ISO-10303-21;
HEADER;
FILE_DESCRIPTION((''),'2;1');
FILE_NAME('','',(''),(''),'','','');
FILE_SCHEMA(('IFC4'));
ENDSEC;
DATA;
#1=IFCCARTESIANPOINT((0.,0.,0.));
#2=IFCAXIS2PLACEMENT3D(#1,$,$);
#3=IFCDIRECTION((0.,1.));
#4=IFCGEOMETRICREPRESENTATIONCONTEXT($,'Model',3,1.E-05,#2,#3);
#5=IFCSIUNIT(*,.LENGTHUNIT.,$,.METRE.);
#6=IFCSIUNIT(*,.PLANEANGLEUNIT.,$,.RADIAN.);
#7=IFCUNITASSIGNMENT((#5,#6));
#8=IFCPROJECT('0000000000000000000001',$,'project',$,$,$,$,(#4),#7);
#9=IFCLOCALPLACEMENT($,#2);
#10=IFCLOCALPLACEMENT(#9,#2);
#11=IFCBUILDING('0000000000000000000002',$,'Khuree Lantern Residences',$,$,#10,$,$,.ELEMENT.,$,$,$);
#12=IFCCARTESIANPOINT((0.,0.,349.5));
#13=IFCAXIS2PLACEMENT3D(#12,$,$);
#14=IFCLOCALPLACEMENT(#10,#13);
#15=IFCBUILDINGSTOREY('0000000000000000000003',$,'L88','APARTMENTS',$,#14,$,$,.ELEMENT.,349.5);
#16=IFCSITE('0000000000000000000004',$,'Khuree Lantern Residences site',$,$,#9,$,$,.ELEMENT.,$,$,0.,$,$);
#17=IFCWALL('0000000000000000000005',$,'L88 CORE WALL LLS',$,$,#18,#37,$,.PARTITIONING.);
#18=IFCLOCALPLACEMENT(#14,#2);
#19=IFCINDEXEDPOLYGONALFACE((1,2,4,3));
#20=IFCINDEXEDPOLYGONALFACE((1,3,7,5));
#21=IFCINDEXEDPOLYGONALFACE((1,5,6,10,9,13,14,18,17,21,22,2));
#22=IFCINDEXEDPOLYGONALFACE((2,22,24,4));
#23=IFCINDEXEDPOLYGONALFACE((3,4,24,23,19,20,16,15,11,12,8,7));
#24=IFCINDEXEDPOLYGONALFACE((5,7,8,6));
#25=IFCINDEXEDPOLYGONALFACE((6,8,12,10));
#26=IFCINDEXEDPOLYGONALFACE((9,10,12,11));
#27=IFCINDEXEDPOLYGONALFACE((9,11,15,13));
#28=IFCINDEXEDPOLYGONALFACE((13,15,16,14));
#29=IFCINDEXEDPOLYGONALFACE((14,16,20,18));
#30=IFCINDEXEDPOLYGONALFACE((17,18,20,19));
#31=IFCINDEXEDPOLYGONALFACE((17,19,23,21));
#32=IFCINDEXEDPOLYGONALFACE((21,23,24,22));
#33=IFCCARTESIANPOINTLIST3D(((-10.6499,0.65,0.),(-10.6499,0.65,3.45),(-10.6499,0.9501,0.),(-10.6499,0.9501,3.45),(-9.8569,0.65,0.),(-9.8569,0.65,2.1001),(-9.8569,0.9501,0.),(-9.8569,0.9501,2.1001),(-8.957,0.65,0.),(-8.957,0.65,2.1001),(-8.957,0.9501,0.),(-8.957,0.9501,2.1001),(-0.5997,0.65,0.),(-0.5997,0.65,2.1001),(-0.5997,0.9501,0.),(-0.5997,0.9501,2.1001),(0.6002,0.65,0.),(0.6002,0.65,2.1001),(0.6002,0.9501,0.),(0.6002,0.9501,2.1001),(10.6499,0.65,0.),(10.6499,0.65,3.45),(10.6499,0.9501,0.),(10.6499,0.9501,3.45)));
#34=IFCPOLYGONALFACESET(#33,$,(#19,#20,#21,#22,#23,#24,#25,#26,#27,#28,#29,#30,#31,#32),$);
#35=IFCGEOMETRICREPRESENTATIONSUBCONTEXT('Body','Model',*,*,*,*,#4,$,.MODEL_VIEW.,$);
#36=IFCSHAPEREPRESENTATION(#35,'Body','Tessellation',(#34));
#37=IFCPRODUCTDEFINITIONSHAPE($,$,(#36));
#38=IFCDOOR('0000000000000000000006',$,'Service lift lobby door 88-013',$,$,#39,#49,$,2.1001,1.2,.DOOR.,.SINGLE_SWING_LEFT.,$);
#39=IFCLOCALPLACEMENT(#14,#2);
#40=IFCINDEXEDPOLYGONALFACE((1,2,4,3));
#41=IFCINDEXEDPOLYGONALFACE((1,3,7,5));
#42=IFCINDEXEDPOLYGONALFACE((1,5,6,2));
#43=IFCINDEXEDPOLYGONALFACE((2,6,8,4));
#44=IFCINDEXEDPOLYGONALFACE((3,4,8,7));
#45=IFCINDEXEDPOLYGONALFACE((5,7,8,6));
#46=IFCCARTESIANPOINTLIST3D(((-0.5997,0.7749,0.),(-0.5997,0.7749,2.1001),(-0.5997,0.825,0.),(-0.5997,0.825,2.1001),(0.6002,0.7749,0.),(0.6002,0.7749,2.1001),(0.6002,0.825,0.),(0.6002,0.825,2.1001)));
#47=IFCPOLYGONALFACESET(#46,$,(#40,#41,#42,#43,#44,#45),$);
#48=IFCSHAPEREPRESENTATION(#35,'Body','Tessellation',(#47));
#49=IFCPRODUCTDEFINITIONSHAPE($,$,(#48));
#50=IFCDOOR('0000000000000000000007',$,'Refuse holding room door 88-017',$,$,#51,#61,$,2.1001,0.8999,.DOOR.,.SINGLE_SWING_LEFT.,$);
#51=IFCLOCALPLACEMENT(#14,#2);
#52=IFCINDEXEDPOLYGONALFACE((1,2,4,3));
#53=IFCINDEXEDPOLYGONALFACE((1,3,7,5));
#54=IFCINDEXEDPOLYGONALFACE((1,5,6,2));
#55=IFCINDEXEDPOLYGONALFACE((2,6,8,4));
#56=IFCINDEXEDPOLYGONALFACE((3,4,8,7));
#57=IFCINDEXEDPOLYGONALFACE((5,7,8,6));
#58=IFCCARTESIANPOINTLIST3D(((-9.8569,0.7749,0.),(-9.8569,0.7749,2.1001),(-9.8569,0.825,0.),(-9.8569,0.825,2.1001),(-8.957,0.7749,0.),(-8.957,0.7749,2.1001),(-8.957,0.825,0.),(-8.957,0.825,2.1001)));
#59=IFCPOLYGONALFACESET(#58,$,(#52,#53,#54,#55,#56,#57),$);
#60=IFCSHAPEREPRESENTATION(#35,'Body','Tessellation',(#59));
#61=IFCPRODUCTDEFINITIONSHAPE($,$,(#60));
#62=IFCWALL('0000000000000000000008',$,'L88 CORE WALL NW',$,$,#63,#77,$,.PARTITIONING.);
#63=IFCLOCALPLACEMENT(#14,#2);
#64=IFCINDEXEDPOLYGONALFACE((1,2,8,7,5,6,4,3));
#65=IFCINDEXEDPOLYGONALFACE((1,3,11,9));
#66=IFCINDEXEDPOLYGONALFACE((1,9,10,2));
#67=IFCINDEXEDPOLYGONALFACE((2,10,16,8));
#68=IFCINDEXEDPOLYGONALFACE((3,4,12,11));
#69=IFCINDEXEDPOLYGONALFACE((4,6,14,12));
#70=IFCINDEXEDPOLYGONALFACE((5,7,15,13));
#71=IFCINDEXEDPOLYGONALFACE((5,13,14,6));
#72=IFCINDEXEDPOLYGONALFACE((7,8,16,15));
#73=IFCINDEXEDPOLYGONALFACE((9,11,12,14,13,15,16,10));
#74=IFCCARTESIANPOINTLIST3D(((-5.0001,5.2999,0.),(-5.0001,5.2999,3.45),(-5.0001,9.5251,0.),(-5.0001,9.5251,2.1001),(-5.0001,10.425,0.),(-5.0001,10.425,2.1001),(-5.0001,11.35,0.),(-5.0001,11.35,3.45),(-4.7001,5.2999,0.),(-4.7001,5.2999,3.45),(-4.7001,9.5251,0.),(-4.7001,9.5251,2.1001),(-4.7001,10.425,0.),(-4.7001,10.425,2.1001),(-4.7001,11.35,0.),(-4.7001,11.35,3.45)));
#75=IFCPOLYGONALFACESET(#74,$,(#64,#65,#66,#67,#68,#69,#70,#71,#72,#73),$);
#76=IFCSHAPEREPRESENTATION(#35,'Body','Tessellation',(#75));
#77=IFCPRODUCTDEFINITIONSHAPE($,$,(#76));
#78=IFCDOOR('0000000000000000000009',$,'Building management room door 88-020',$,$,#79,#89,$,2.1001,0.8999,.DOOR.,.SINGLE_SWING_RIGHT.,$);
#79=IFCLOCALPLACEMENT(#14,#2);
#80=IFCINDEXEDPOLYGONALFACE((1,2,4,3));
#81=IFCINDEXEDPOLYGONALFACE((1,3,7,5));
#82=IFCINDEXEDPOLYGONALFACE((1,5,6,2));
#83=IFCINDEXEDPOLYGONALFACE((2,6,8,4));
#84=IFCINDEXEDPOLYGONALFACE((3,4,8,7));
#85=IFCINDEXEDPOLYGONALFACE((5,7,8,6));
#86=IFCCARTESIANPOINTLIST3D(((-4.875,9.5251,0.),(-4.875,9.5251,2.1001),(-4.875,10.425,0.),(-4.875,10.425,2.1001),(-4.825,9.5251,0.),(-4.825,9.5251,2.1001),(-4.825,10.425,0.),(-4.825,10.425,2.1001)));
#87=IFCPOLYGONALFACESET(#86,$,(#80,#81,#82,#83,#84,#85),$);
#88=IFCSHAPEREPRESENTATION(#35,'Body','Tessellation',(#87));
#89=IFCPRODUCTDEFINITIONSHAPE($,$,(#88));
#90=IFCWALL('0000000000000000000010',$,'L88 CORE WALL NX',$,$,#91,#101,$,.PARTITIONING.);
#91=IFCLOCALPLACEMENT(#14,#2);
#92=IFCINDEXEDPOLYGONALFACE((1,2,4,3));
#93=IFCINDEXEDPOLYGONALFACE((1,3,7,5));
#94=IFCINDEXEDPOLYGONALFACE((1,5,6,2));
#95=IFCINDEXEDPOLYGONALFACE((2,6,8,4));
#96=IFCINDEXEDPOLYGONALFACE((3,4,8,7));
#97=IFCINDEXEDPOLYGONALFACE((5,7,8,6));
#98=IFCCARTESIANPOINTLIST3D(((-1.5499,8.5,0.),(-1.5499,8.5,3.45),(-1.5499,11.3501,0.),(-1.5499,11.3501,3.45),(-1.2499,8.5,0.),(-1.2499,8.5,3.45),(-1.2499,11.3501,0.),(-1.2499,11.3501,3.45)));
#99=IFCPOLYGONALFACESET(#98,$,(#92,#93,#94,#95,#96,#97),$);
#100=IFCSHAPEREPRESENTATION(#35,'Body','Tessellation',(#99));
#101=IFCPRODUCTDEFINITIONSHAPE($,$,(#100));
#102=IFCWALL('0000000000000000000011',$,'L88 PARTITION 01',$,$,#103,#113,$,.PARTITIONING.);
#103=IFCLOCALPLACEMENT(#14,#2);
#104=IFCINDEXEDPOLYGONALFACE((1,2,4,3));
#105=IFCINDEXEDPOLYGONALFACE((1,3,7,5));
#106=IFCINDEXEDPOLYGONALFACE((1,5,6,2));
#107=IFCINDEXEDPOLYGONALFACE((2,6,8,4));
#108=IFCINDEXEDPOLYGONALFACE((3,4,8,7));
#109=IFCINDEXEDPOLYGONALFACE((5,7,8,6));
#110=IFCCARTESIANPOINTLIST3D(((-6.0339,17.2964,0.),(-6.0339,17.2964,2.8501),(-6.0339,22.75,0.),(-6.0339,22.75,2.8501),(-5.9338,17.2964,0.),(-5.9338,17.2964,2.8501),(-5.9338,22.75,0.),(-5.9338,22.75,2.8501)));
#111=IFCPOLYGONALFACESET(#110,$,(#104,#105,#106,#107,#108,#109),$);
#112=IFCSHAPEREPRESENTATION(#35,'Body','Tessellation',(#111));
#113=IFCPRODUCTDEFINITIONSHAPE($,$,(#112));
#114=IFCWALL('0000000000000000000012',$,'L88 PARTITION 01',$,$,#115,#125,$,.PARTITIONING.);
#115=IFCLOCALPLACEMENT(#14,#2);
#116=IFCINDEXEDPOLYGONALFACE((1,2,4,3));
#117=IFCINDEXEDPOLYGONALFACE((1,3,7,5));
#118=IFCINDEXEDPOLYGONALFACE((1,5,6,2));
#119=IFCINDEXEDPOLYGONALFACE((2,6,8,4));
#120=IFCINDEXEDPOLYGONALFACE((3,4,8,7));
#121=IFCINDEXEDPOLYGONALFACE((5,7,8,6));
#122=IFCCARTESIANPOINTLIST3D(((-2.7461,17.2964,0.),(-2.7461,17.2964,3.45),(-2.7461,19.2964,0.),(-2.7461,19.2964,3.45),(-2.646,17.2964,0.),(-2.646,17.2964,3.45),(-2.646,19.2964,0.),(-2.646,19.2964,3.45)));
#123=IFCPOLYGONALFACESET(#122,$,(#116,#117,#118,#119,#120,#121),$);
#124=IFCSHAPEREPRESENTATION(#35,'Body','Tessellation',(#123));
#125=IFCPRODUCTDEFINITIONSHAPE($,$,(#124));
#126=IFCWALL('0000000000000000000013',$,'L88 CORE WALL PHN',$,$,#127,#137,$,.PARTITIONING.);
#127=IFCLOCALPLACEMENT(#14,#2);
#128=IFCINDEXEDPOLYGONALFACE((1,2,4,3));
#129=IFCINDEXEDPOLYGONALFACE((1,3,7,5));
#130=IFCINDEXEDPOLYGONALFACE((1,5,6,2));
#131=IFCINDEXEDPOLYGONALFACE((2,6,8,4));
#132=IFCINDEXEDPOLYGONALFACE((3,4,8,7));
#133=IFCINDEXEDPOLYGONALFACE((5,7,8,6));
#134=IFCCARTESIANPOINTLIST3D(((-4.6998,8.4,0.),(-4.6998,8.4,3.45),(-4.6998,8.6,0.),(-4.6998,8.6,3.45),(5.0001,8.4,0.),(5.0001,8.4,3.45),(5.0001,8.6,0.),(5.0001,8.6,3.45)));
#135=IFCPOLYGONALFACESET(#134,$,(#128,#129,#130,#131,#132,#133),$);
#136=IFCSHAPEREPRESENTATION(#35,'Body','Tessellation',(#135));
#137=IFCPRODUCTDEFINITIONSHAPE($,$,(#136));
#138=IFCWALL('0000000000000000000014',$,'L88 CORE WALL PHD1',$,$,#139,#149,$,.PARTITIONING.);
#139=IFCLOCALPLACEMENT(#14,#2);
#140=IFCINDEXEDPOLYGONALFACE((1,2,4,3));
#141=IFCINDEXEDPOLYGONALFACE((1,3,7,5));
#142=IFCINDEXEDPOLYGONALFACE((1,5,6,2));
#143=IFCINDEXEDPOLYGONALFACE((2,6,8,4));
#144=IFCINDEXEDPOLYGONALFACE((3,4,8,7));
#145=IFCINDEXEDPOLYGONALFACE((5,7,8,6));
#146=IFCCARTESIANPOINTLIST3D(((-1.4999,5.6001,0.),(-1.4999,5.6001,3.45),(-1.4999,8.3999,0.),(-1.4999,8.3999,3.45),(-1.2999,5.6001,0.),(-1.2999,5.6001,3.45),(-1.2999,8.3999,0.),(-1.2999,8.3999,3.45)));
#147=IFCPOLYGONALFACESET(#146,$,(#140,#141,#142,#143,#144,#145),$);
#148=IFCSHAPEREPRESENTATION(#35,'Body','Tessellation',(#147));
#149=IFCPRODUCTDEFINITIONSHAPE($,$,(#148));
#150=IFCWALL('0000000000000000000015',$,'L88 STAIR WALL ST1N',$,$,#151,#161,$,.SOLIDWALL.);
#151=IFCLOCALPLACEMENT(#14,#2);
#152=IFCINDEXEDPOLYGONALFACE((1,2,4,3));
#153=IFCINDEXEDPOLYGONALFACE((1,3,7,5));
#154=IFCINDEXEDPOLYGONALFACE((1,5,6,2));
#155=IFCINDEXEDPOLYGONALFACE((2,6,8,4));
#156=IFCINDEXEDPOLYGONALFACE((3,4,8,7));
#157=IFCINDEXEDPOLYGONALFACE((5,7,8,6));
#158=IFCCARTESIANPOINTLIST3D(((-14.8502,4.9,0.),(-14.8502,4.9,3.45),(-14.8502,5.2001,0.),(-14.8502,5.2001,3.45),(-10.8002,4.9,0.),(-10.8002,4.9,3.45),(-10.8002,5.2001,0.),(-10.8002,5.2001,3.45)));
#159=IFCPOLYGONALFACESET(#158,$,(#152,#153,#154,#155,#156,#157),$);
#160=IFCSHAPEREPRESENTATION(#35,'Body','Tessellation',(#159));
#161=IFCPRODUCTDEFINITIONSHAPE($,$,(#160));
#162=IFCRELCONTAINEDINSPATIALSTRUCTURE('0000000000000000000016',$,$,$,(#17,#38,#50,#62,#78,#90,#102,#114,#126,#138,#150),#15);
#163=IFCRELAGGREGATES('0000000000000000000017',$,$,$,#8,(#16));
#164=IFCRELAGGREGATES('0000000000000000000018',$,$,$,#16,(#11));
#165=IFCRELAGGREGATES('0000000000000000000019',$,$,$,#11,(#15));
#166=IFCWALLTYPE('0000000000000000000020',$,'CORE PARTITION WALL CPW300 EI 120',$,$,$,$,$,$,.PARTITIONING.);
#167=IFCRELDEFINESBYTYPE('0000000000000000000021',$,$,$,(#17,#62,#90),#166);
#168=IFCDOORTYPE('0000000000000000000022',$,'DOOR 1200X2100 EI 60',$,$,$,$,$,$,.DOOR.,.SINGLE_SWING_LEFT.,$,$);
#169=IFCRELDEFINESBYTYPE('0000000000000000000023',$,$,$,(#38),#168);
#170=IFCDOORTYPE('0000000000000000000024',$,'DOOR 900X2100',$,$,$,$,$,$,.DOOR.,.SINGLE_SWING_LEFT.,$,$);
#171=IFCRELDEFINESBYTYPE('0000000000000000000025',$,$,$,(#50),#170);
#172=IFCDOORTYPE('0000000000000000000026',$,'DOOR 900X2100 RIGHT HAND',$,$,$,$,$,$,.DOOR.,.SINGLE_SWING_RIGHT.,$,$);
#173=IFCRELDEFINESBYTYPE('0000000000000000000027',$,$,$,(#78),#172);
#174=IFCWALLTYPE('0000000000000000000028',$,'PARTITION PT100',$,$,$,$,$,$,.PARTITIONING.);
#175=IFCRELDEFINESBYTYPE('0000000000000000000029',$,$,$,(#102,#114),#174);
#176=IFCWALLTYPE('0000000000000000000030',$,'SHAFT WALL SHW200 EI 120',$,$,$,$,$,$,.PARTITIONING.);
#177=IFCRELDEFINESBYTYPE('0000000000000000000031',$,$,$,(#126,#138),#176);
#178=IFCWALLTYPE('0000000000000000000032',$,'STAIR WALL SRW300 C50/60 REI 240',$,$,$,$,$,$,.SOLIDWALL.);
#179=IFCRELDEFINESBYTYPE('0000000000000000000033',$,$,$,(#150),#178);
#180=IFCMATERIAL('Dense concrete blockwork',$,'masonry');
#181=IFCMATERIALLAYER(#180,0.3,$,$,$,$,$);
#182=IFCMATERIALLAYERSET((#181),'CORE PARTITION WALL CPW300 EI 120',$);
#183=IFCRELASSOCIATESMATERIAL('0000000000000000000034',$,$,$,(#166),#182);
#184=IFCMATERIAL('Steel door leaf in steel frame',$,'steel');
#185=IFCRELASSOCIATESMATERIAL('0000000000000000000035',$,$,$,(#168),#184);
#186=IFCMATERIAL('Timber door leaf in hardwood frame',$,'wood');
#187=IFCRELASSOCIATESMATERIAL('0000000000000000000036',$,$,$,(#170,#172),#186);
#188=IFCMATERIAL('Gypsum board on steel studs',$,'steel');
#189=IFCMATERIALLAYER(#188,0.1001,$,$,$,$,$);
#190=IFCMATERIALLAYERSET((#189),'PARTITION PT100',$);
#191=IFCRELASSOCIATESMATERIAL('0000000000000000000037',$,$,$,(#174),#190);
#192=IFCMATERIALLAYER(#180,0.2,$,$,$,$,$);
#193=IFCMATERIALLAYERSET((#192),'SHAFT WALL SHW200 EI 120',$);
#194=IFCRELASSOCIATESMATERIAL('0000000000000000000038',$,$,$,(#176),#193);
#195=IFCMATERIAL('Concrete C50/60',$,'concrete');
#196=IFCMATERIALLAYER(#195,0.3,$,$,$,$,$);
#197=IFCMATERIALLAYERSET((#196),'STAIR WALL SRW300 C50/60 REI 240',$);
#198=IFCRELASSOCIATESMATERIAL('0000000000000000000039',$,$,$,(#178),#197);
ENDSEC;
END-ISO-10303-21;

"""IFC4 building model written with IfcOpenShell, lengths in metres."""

from ifc_helpers import new_model, si_unit, direction, frame, frame_2d, origin, place, context, subcontext, project, spatial, rectangle, extrude, material, layer, layer_set, type_object, element, fill, save


model = new_model("IFC4")

# Units and contexts
model_context = context("Model", 3, precision=1e-05, world=origin(), true_north=direction((0.0, 1.0)))
body_context = subcontext(model_context, "Body", "Model", "MODEL_VIEW")
ifc_project = project(units=[si_unit("LENGTHUNIT", "METRE"), si_unit("PLANEANGLEUNIT", "RADIAN")], contexts=[model_context])

# Site, building, storey
site_placement = place(None, origin())
site = spatial("IfcSite", under=ifc_project, at=site_placement, Name="Khuree Lantern Residences site", CompositionType="ELEMENT", RefElevation=0.0)
building_placement = place(site_placement, origin())
building = spatial("IfcBuilding", under=site, at=building_placement, Name="Khuree Lantern Residences", CompositionType="ELEMENT")
storey_placement = place(building_placement, frame((0.0, 0.0, 349.5)))
storey = spatial("IfcBuildingStorey", under=building, at=storey_placement, Name="L88", Description="APARTMENTS", CompositionType="ELEMENT", Elevation=349.5)

# Shared definitions
ifc_material_1 = material(Name="Dense concrete blockwork", Category="masonry")
ifc_layer_1 = layer(ifc_material_1, 0.3)
ifc_layer_set_1 = layer_set([ifc_layer_1], Name="CORE PARTITION WALL CPW300 EI 120")
wall_type_1 = type_object("IfcWallType", Name="CORE PARTITION WALL CPW300 EI 120", PredefinedType="PARTITIONING", material=ifc_layer_set_1)

# Wall, openings, doors
wall_1_placement = place(storey_placement, frame((-10.6499, 0.8, 0.0), z_axis=(0.0, 0.0, 1.0), x_axis=(1.0, 0.0, 0.0)))
wall_1 = element("IfcWall", 1, at=wall_1_placement, inside=storey, type_object=wall_type_1, Name="L88 CORE WALL LLS", PredefinedType="PARTITIONING", context=body_context, shape_type="SweptSolid", body=[
    extrude(rectangle(XDim=21.2998, YDim=0.3, at=frame_2d((10.6499, 0.0))), origin(), (0.0, 0.0, 1.0), 3.45),
])
opening_1_placement = place(wall_1_placement, frame((10.05, 0.0, 0.0)))
opening_1 = element("IfcOpeningElement", 2, at=opening_1_placement, cuts=wall_1, PredefinedType="OPENING", context=body_context, shape_type="SweptSolid", body=[
    extrude(rectangle(XDim=1.2, YDim=2.1001, at=frame_2d((0.6001, 1.05))), frame((0.0, 0.1602, 0.0), z_axis=(0.0, -1.0, 0.0), x_axis=(1.0, 0.0, 0.0)), (0.0, 0.0, 1.0), 0.3201),
])
opening_2_placement = place(wall_1_placement, frame((0.793, 0.0, 0.0)))
opening_2 = element("IfcOpeningElement", 3, at=opening_2_placement, cuts=wall_1, PredefinedType="OPENING", context=body_context, shape_type="SweptSolid", body=[
    extrude(rectangle(XDim=0.8999, YDim=2.1001, at=frame_2d((0.45, 1.05))), frame((0.0, 0.1602, 0.0), z_axis=(0.0, -1.0, 0.0), x_axis=(1.0, 0.0, 0.0)), (0.0, 0.0, 1.0), 0.3201),
])
ifc_material_2 = material(Name="Steel door leaf in steel frame", Category="steel")
door_type_1 = type_object("IfcDoorType", Name="DOOR 1200X2100 EI 60", OperationType="SINGLE_SWING_LEFT", PredefinedType="DOOR", material=ifc_material_2)
door_1_placement = place(opening_1_placement, origin())
door_1 = element("IfcDoor", 4, at=door_1_placement, inside=storey, type_object=door_type_1, Name="Service lift lobby door 88-013", OperationType="SINGLE_SWING_LEFT", OverallHeight=2.1001, OverallWidth=1.2, PredefinedType="DOOR", context=body_context, shape_type="SweptSolid", body=[
    extrude(rectangle(XDim=1.2, YDim=2.1001, at=frame_2d((0.6001, 1.05))), frame((0.0, 0.0249, 0.0), z_axis=(0.0, -1.0, 0.0), x_axis=(1.0, 0.0, 0.0)), (0.0, 0.0, 1.0), 0.05),
])
fill(opening_1, door_1)
ifc_material_3 = material(Name="Timber door leaf in hardwood frame", Category="wood")
door_type_2 = type_object("IfcDoorType", Name="DOOR 900X2100", OperationType="SINGLE_SWING_LEFT", PredefinedType="DOOR", material=ifc_material_3)
door_2_placement = place(opening_2_placement, origin())
door_2 = element("IfcDoor", 5, at=door_2_placement, inside=storey, type_object=door_type_2, Name="Refuse holding room door 88-017", OperationType="SINGLE_SWING_LEFT", OverallHeight=2.1001, OverallWidth=0.8999, PredefinedType="DOOR", context=body_context, shape_type="SweptSolid", body=[
    extrude(rectangle(XDim=0.8999, YDim=2.1001, at=frame_2d((0.45, 1.05))), frame((0.0, 0.0249, 0.0), z_axis=(0.0, -1.0, 0.0), x_axis=(1.0, 0.0, 0.0)), (0.0, 0.0, 1.0), 0.05),
])
fill(opening_2, door_2)

# Wall, opening, door
wall_2_placement = place(storey_placement, frame((-4.8501, 5.3, 0.0), z_axis=(0.0, 0.0, 1.0), x_axis=(0.0, 1.0, 0.0)))
wall_2 = element("IfcWall", 6, at=wall_2_placement, inside=storey, type_object=wall_type_1, Name="L88 CORE WALL NW", PredefinedType="PARTITIONING", context=body_context, shape_type="SweptSolid", body=[
    extrude(rectangle(XDim=6.05, YDim=0.3, at=frame_2d((3.0249, 0.0))), origin(), (0.0, 0.0, 1.0), 3.45),
])
opening_3_placement = place(wall_2_placement, frame((4.2251, 0.0, 0.0)))
opening_3 = element("IfcOpeningElement", 7, at=opening_3_placement, cuts=wall_2, PredefinedType="OPENING", context=body_context, shape_type="SweptSolid", body=[
    extrude(rectangle(XDim=0.8999, YDim=2.1001, at=frame_2d((0.45, 1.05))), frame((0.0, 0.1602, 0.0), z_axis=(0.0, -1.0, 0.0), x_axis=(1.0, 0.0, 0.0)), (0.0, 0.0, 1.0), 0.3201),
])
door_type_3 = type_object("IfcDoorType", Name="DOOR 900X2100 RIGHT HAND", OperationType="SINGLE_SWING_RIGHT", PredefinedType="DOOR", material=ifc_material_3)
door_3_placement = place(opening_3_placement, origin())
door_3 = element("IfcDoor", 8, at=door_3_placement, inside=storey, type_object=door_type_3, Name="Building management room door 88-020", OperationType="SINGLE_SWING_RIGHT", OverallHeight=2.1001, OverallWidth=0.8999, PredefinedType="DOOR", context=body_context, shape_type="SweptSolid", body=[
    extrude(rectangle(XDim=0.8999, YDim=2.1001, at=frame_2d((0.45, 1.05))), frame((0.0, 0.0249, 0.0), z_axis=(0.0, -1.0, 0.0), x_axis=(1.0, 0.0, 0.0)), (0.0, 0.0, 1.0), 0.05),
])
fill(opening_3, door_3)

# Walls
wall_3_placement = place(storey_placement, frame((-1.3999, 8.5, 0.0), z_axis=(0.0, 0.0, 1.0), x_axis=(0.0, 1.0, 0.0)))
element("IfcWall", 9, at=wall_3_placement, inside=storey, type_object=wall_type_1, Name="L88 CORE WALL NX", PredefinedType="PARTITIONING", context=body_context, shape_type="SweptSolid", body=[
    extrude(rectangle(XDim=2.8501, YDim=0.3, at=frame_2d((1.425, 0.0))), origin(), (0.0, 0.0, 1.0), 3.45),
])
ifc_material_4 = material(Name="Gypsum board on steel studs", Category="steel")
ifc_layer_2 = layer(ifc_material_4, 0.1001)
ifc_layer_set_2 = layer_set([ifc_layer_2], Name="PARTITION PT100")
wall_type_2 = type_object("IfcWallType", Name="PARTITION PT100", PredefinedType="PARTITIONING", material=ifc_layer_set_2)
wall_4_placement = place(storey_placement, frame((-5.9839, 17.2964, 0.0), z_axis=(0.0, 0.0, 1.0), x_axis=(0.0, 1.0, 0.0)))
element("IfcWall", 10, at=wall_4_placement, inside=storey, type_object=wall_type_2, Name="L88 PARTITION 01", PredefinedType="PARTITIONING", context=body_context, shape_type="SweptSolid", body=[
    extrude(rectangle(XDim=5.4536, YDim=0.1001, at=frame_2d((2.7268, 0.0))), origin(), (0.0, 0.0, 1.0), 2.8501),
])
wall_5_placement = place(storey_placement, frame((-2.696, 17.2964, 0.0), z_axis=(0.0, 0.0, 1.0), x_axis=(0.0, 1.0, 0.0)))
element("IfcWall", 11, at=wall_5_placement, inside=storey, type_object=wall_type_2, Name="L88 PARTITION 01", PredefinedType="PARTITIONING", context=body_context, shape_type="SweptSolid", body=[
    extrude(rectangle(XDim=2.0, YDim=0.1001, at=frame_2d((1.0, 0.0))), origin(), (0.0, 0.0, 1.0), 3.45),
])
ifc_layer_3 = layer(ifc_material_1, 0.2)
ifc_layer_set_3 = layer_set([ifc_layer_3], Name="SHAFT WALL SHW200 EI 120")
wall_type_3 = type_object("IfcWallType", Name="SHAFT WALL SHW200 EI 120", PredefinedType="PARTITIONING", material=ifc_layer_set_3)
wall_6_placement = place(storey_placement, frame((-4.7, 8.5, 0.0), z_axis=(0.0, 0.0, 1.0), x_axis=(1.0, 0.0, 0.0)))
element("IfcWall", 12, at=wall_6_placement, inside=storey, type_object=wall_type_3, Name="L88 CORE WALL PHN", PredefinedType="PARTITIONING", context=body_context, shape_type="SweptSolid", body=[
    extrude(rectangle(XDim=9.7, YDim=0.2, at=frame_2d((4.8501, 0.0))), origin(), (0.0, 0.0, 1.0), 3.45),
])
wall_7_placement = place(storey_placement, frame((-1.3999, 5.6001, 0.0), z_axis=(0.0, 0.0, 1.0), x_axis=(0.0, 1.0, 0.0)))
element("IfcWall", 13, at=wall_7_placement, inside=storey, type_object=wall_type_3, Name="L88 CORE WALL PHD1", PredefinedType="PARTITIONING", context=body_context, shape_type="SweptSolid", body=[
    extrude(rectangle(XDim=2.7998, YDim=0.2, at=frame_2d((1.3999, 0.0))), origin(), (0.0, 0.0, 1.0), 3.45),
])
ifc_material_5 = material(Name="Concrete C50/60", Category="concrete")
ifc_layer_4 = layer(ifc_material_5, 0.3)
ifc_layer_set_4 = layer_set([ifc_layer_4], Name="STAIR WALL SRW300 C50/60 REI 240")
wall_type_4 = type_object("IfcWallType", Name="STAIR WALL SRW300 C50/60 REI 240", PredefinedType="SOLIDWALL", material=ifc_layer_set_4)
wall_8_placement = place(storey_placement, frame((-14.8501, 5.05, 0.0), z_axis=(0.0, 0.0, 1.0), x_axis=(1.0, 0.0, 0.0)))
element("IfcWall", 14, at=wall_8_placement, inside=storey, type_object=wall_type_4, Name="L88 STAIR WALL ST1N", PredefinedType="SOLIDWALL", context=body_context, shape_type="SweptSolid", body=[
    extrude(rectangle(XDim=4.05, YDim=0.3, at=frame_2d((2.0249, 0.0))), origin(), (0.0, 0.0, 1.0), 3.45),
])

save(model, "model.ifc")
